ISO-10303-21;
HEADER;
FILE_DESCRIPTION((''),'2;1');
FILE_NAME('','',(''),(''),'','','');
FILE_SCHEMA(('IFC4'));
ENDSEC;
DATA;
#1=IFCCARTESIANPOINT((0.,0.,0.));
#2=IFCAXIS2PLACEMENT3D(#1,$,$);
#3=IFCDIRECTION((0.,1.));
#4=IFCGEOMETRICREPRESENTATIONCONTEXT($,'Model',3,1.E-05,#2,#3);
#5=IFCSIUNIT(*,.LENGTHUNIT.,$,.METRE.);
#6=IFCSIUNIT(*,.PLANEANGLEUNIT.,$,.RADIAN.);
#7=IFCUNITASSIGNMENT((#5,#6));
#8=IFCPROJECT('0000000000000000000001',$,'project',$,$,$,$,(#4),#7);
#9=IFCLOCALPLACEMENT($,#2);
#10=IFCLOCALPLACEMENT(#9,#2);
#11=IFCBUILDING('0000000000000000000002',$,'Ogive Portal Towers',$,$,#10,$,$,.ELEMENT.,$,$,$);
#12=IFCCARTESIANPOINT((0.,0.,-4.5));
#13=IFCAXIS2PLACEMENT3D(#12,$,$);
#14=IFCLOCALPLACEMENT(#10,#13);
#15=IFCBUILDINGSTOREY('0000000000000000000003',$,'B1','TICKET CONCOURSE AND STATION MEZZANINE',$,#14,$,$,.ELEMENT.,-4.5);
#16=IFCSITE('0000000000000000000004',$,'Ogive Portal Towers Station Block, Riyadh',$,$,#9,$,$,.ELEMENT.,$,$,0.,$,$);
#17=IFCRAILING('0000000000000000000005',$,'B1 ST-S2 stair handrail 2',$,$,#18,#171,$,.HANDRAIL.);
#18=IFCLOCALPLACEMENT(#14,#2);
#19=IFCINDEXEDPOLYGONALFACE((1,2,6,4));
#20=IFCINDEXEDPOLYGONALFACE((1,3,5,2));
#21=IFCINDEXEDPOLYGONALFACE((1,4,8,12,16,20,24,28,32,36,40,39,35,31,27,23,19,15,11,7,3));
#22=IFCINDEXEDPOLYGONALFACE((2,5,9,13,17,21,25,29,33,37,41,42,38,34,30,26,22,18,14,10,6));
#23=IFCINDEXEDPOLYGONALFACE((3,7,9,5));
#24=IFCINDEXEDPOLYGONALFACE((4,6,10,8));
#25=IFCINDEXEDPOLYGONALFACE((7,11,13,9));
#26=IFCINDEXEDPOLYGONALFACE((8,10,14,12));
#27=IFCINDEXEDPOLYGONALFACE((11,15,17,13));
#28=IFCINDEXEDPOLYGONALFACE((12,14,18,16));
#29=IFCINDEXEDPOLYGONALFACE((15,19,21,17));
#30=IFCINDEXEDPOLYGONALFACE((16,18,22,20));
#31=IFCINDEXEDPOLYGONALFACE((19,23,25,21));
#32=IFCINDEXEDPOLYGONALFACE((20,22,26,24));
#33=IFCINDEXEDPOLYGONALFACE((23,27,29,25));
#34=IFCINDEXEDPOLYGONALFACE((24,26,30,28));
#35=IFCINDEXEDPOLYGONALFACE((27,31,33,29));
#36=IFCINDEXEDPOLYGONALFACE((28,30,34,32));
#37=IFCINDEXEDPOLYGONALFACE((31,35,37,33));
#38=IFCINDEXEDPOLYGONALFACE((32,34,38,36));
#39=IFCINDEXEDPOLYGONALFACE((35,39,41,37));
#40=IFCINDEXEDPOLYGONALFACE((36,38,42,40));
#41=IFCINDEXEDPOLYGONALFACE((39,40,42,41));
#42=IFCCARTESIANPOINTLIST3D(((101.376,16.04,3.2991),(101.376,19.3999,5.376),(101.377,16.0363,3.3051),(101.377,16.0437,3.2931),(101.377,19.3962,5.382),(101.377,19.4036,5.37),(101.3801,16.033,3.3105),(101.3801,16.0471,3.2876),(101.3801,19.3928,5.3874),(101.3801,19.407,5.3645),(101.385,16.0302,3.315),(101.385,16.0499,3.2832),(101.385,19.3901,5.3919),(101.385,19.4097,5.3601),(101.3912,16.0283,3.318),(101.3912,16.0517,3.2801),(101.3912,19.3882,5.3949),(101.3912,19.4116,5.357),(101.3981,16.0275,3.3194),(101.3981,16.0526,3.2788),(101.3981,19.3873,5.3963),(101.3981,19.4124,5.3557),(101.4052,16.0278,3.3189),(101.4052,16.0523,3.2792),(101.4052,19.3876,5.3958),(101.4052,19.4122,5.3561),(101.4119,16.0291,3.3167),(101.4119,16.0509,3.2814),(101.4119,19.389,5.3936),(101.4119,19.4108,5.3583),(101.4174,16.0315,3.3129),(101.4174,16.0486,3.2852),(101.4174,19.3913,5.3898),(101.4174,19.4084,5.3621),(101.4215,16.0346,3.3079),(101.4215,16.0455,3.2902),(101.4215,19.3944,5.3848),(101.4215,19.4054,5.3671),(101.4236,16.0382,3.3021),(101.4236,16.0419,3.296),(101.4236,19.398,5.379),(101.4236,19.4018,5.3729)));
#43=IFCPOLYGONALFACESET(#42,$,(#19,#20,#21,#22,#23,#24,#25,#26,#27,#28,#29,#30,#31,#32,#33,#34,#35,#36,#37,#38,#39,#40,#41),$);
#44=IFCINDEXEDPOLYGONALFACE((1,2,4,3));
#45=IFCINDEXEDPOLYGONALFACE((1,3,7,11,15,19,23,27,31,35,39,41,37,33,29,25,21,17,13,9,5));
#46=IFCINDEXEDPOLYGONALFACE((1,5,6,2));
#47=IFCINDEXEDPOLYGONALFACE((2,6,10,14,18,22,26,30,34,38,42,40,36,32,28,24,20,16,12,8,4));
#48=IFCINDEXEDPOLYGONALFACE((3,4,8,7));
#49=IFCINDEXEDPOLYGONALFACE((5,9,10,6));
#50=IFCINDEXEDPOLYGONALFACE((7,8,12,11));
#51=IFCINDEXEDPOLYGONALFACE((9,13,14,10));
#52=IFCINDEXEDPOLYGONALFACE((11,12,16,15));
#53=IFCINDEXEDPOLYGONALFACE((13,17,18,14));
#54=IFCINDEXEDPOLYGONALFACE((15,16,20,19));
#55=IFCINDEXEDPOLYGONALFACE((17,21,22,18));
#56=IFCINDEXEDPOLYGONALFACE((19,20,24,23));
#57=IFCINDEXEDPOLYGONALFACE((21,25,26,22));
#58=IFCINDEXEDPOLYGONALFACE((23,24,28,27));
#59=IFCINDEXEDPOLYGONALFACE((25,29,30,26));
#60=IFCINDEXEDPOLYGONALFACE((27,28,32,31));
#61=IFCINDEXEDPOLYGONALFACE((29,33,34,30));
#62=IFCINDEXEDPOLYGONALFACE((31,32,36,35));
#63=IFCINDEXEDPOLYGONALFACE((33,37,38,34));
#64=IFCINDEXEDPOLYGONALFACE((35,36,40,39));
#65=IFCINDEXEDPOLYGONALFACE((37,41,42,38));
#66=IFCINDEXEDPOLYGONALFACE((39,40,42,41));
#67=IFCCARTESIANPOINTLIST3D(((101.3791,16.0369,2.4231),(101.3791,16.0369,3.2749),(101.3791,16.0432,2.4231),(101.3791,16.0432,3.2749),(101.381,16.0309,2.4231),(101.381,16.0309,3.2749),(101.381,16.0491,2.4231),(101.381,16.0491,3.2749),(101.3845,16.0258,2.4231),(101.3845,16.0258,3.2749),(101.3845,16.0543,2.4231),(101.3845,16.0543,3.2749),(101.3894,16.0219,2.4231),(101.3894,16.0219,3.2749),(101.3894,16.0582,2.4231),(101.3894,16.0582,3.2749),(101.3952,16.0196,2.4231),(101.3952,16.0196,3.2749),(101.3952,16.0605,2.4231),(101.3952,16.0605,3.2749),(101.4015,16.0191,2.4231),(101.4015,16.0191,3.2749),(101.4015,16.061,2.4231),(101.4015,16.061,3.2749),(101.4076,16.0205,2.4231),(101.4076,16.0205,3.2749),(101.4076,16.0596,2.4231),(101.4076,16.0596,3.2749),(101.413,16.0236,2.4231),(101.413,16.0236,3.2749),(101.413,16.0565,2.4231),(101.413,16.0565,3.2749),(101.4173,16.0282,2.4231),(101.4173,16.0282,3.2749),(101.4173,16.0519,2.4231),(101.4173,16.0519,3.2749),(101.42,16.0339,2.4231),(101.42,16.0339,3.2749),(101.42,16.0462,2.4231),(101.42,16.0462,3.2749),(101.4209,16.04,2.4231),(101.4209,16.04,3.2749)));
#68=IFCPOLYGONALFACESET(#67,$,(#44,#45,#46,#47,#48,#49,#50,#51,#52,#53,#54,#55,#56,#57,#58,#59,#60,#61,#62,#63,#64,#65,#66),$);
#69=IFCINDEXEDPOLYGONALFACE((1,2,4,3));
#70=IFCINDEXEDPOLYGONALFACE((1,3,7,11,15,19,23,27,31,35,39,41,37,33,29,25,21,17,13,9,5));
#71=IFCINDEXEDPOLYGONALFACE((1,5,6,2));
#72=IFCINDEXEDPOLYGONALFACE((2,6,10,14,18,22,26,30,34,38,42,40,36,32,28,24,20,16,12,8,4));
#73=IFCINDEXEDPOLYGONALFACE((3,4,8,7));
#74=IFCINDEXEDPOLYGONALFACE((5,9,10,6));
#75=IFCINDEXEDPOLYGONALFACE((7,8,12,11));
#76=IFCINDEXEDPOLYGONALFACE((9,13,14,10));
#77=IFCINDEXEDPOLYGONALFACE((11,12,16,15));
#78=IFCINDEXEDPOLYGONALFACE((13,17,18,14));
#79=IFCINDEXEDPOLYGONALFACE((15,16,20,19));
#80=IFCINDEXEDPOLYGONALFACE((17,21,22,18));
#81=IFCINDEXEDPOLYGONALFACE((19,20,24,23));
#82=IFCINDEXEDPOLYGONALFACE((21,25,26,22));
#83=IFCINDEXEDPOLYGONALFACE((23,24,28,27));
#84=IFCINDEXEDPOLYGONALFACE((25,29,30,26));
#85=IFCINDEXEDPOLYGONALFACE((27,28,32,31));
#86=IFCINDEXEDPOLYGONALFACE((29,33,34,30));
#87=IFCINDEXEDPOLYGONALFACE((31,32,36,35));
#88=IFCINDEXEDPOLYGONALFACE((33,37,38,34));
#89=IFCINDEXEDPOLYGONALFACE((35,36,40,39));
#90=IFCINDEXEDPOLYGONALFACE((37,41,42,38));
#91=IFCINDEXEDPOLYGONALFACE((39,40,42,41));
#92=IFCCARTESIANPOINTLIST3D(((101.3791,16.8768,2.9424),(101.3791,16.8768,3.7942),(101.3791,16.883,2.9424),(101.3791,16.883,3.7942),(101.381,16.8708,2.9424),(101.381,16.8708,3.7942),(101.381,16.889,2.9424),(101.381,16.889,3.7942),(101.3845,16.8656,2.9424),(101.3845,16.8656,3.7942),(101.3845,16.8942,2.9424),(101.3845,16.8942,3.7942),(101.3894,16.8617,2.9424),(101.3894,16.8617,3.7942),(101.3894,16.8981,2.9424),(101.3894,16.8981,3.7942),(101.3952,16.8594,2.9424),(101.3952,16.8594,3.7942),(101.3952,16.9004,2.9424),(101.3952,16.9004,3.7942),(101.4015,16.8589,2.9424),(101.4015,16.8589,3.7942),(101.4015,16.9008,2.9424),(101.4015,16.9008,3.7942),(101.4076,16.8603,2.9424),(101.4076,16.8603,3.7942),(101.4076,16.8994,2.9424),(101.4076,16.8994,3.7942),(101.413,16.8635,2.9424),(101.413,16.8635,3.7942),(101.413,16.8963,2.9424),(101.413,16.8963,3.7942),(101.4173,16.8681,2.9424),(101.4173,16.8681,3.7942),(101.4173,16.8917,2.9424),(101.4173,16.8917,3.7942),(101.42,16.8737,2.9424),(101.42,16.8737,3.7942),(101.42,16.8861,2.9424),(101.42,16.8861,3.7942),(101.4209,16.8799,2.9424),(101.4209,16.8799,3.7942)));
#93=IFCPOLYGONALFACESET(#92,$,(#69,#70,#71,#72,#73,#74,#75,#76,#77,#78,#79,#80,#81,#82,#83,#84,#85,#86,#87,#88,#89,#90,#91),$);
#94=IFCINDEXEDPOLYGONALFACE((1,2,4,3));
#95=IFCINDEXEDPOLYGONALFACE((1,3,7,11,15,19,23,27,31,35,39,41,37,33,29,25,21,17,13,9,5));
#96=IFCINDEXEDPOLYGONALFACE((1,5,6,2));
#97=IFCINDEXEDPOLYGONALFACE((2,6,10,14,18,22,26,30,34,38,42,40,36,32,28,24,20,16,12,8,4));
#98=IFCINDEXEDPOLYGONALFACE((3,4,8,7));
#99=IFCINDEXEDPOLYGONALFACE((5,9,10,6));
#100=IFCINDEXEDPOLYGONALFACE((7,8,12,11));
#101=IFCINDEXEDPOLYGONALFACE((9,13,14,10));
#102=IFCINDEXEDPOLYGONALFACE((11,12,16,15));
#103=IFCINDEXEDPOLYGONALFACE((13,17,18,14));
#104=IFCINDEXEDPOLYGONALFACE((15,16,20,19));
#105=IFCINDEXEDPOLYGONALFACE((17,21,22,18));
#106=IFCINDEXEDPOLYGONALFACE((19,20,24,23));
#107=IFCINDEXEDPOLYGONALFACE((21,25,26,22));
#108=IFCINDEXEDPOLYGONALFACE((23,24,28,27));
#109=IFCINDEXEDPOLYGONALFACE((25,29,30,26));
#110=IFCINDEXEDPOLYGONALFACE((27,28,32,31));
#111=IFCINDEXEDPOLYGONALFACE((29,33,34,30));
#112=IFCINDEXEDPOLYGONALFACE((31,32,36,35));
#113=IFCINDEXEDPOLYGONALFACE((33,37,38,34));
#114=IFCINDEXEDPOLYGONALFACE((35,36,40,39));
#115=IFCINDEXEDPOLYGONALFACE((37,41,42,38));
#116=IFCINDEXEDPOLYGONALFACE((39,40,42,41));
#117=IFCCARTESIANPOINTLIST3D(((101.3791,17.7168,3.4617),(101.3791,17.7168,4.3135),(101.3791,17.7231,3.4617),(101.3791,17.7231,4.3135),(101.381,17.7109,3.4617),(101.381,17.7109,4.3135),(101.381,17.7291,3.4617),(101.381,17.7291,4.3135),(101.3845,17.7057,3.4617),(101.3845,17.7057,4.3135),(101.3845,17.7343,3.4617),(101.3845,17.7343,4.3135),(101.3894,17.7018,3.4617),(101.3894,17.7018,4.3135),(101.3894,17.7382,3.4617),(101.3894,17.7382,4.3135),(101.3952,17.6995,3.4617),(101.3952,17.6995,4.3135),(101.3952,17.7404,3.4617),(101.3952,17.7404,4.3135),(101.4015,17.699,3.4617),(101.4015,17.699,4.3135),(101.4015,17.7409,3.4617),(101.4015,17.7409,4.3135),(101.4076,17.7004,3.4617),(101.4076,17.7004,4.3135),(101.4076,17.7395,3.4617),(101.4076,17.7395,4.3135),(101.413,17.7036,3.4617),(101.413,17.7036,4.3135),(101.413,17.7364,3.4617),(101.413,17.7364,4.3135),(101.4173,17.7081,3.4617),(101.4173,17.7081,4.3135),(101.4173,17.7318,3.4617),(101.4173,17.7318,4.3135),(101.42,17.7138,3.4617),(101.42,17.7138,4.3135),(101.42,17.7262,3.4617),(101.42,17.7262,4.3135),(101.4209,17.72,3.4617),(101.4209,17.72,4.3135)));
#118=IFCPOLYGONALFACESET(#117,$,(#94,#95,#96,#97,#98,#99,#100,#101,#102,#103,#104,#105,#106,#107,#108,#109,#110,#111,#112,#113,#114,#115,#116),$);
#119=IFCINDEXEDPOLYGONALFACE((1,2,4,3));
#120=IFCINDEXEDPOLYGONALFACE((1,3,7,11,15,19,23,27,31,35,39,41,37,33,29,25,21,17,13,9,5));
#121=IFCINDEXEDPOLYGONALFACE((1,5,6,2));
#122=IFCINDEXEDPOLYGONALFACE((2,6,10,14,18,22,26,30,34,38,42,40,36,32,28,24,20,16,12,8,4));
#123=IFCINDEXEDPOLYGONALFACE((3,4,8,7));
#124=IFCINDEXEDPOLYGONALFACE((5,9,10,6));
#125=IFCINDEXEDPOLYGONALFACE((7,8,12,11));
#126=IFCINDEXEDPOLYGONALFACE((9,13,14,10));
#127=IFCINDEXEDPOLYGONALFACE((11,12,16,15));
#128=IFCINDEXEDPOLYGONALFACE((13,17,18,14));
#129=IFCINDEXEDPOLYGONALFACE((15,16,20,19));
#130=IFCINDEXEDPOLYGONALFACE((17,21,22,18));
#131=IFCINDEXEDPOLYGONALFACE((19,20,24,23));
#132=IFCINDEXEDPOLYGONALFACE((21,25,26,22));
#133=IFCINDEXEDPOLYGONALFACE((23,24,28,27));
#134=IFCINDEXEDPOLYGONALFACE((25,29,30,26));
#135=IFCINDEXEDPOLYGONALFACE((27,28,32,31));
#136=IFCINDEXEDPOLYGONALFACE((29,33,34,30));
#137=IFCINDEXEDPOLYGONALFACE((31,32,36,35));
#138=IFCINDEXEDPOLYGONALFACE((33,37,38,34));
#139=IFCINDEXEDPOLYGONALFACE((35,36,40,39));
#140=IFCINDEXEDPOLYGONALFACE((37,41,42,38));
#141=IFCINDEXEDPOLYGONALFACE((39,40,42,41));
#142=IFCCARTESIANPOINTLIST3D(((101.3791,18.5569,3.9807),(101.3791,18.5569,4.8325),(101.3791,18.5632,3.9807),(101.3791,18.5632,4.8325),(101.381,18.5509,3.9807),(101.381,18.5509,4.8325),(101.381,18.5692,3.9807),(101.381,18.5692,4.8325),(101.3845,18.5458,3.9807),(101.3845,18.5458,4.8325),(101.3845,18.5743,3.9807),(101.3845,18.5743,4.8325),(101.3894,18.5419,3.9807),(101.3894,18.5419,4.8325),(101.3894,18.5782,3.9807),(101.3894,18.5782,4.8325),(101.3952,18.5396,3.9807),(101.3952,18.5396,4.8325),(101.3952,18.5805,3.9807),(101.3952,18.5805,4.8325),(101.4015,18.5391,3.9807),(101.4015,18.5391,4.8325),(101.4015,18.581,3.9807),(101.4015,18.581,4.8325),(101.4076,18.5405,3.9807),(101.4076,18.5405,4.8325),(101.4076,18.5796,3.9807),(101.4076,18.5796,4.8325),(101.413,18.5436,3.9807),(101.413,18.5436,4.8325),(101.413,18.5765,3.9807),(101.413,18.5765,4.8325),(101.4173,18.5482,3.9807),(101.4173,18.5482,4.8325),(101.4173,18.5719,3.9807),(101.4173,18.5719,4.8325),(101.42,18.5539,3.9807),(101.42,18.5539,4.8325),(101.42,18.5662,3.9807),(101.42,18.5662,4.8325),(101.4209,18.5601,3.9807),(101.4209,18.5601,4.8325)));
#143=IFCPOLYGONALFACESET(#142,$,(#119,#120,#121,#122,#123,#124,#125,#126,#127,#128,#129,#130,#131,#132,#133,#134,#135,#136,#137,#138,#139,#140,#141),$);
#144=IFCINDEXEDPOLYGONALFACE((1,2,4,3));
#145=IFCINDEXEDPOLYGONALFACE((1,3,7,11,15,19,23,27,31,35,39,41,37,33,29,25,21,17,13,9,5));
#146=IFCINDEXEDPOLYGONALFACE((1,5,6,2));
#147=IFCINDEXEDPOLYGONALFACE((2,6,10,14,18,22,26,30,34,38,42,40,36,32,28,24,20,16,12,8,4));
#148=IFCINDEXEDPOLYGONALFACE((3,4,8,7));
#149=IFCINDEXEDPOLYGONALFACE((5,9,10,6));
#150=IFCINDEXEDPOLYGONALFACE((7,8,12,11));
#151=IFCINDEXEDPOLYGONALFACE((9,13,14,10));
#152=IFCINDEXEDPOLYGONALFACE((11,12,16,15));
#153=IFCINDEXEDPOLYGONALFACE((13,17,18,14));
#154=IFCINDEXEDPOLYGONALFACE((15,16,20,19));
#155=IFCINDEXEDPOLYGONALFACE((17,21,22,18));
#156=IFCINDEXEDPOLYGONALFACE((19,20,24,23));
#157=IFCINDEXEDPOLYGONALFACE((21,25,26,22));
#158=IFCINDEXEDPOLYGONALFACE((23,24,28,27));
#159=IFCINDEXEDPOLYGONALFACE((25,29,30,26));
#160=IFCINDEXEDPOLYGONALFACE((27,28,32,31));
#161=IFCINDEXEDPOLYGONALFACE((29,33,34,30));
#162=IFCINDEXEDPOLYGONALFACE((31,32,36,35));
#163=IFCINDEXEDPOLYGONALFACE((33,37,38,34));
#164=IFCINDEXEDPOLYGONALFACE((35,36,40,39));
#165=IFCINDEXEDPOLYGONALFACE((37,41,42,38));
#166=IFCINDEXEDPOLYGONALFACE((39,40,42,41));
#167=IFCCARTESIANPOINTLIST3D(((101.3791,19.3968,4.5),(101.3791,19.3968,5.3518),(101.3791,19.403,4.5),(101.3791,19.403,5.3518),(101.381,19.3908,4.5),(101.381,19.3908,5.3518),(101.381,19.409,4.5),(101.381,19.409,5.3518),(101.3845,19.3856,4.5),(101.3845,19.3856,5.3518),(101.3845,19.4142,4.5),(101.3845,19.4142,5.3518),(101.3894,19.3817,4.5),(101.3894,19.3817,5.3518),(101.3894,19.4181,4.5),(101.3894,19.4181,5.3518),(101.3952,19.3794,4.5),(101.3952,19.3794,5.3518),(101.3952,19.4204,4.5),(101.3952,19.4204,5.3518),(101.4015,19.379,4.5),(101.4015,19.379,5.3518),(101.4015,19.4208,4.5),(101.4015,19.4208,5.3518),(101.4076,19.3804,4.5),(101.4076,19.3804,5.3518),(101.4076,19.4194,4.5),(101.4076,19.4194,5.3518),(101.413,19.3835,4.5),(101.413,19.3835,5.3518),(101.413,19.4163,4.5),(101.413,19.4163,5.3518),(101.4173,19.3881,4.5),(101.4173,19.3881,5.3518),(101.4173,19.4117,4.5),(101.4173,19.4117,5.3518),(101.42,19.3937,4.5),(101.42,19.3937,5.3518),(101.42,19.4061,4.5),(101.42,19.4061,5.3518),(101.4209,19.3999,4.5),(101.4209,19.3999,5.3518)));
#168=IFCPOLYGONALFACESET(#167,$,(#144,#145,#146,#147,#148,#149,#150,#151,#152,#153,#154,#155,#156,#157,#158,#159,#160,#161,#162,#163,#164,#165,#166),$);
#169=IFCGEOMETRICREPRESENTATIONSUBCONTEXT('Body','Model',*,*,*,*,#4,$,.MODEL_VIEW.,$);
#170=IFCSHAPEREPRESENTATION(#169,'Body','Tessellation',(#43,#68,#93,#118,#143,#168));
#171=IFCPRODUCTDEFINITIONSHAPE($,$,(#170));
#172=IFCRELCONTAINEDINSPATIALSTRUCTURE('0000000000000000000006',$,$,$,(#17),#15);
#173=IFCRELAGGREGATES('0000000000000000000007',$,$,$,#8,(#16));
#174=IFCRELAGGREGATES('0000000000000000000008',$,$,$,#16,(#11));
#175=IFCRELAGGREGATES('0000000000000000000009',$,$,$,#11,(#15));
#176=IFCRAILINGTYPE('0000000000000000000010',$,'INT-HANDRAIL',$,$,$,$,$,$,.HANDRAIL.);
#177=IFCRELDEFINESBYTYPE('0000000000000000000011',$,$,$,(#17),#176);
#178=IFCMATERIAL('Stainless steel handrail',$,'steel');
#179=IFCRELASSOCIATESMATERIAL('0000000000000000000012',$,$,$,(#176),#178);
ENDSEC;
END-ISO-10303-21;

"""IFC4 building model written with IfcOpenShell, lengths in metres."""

from ifc_helpers import new_model, si_unit, direction, frame, origin, origin_2d, place, context, subcontext, project, spatial, circle, extrude, material, type_object, element, save


model = new_model("IFC4")

# Units and contexts
model_context = context("Model", 3, precision=1e-05, world=origin(), true_north=direction((0.0, 1.0)))
body_context = subcontext(model_context, "Body", "Model", "MODEL_VIEW")
ifc_project = project(units=[si_unit("LENGTHUNIT", "METRE"), si_unit("PLANEANGLEUNIT", "RADIAN")], contexts=[model_context])

# Site, building, storey
site_placement = place(None, origin())
site = spatial("IfcSite", under=ifc_project, at=site_placement, Name="Ogive Portal Towers Station Block, Riyadh", CompositionType="ELEMENT", RefElevation=0.0)
building_placement = place(site_placement, origin())
building = spatial("IfcBuilding", under=site, at=building_placement, Name="Ogive Portal Towers", CompositionType="ELEMENT")
storey_placement = place(building_placement, frame((0.0, 0.0, -4.5)))
storey = spatial("IfcBuildingStorey", under=building, at=storey_placement, Name="B1", Description="TICKET CONCOURSE AND STATION MEZZANINE", CompositionType="ELEMENT", Elevation=-4.5)

# Railing
ifc_material_1 = material(Name="Stainless steel handrail", Category="steel")
railing_type_1 = type_object("IfcRailingType", Name="INT-HANDRAIL", PredefinedType="HANDRAIL", material=ifc_material_1)
railing_1_placement = place(storey_placement, frame((101.3999, 16.04, 2.4231)))
element("IfcRailing", 1, at=railing_1_placement, inside=storey, type_object=railing_type_1, Name="B1 ST-S2 stair handrail 2", PredefinedType="HANDRAIL", context=body_context, shape_type="SweptSolid", body=[
    extrude(circle(Radius=0.0239, at=origin_2d()), frame((0.0, 0.0, 0.876), z_axis=(0.0, 0.850606, 0.525803), x_axis=(-1.0, 0.0, 0.0)), (0.0, 0.0, 1.0), 3.95),
    extrude(circle(Radius=0.021, at=origin_2d()), origin(), (0.0, 0.0, 1.0), 0.8518),
    extrude(circle(Radius=0.021, at=origin_2d()), frame((0.0, 0.8398, 0.5193)), (0.0, 0.0, 1.0), 0.8518),
    extrude(circle(Radius=0.021, at=origin_2d()), frame((0.0, 1.6799, 1.0386)), (0.0, 0.0, 1.0), 0.8518),
    extrude(circle(Radius=0.021, at=origin_2d()), frame((0.0, 2.52, 1.5576)), (0.0, 0.0, 1.0), 0.8518),
    extrude(circle(Radius=0.021, at=origin_2d()), frame((0.0, 3.3599, 2.0769)), (0.0, 0.0, 1.0), 0.8518),
])

save(model, "model.ifc")
